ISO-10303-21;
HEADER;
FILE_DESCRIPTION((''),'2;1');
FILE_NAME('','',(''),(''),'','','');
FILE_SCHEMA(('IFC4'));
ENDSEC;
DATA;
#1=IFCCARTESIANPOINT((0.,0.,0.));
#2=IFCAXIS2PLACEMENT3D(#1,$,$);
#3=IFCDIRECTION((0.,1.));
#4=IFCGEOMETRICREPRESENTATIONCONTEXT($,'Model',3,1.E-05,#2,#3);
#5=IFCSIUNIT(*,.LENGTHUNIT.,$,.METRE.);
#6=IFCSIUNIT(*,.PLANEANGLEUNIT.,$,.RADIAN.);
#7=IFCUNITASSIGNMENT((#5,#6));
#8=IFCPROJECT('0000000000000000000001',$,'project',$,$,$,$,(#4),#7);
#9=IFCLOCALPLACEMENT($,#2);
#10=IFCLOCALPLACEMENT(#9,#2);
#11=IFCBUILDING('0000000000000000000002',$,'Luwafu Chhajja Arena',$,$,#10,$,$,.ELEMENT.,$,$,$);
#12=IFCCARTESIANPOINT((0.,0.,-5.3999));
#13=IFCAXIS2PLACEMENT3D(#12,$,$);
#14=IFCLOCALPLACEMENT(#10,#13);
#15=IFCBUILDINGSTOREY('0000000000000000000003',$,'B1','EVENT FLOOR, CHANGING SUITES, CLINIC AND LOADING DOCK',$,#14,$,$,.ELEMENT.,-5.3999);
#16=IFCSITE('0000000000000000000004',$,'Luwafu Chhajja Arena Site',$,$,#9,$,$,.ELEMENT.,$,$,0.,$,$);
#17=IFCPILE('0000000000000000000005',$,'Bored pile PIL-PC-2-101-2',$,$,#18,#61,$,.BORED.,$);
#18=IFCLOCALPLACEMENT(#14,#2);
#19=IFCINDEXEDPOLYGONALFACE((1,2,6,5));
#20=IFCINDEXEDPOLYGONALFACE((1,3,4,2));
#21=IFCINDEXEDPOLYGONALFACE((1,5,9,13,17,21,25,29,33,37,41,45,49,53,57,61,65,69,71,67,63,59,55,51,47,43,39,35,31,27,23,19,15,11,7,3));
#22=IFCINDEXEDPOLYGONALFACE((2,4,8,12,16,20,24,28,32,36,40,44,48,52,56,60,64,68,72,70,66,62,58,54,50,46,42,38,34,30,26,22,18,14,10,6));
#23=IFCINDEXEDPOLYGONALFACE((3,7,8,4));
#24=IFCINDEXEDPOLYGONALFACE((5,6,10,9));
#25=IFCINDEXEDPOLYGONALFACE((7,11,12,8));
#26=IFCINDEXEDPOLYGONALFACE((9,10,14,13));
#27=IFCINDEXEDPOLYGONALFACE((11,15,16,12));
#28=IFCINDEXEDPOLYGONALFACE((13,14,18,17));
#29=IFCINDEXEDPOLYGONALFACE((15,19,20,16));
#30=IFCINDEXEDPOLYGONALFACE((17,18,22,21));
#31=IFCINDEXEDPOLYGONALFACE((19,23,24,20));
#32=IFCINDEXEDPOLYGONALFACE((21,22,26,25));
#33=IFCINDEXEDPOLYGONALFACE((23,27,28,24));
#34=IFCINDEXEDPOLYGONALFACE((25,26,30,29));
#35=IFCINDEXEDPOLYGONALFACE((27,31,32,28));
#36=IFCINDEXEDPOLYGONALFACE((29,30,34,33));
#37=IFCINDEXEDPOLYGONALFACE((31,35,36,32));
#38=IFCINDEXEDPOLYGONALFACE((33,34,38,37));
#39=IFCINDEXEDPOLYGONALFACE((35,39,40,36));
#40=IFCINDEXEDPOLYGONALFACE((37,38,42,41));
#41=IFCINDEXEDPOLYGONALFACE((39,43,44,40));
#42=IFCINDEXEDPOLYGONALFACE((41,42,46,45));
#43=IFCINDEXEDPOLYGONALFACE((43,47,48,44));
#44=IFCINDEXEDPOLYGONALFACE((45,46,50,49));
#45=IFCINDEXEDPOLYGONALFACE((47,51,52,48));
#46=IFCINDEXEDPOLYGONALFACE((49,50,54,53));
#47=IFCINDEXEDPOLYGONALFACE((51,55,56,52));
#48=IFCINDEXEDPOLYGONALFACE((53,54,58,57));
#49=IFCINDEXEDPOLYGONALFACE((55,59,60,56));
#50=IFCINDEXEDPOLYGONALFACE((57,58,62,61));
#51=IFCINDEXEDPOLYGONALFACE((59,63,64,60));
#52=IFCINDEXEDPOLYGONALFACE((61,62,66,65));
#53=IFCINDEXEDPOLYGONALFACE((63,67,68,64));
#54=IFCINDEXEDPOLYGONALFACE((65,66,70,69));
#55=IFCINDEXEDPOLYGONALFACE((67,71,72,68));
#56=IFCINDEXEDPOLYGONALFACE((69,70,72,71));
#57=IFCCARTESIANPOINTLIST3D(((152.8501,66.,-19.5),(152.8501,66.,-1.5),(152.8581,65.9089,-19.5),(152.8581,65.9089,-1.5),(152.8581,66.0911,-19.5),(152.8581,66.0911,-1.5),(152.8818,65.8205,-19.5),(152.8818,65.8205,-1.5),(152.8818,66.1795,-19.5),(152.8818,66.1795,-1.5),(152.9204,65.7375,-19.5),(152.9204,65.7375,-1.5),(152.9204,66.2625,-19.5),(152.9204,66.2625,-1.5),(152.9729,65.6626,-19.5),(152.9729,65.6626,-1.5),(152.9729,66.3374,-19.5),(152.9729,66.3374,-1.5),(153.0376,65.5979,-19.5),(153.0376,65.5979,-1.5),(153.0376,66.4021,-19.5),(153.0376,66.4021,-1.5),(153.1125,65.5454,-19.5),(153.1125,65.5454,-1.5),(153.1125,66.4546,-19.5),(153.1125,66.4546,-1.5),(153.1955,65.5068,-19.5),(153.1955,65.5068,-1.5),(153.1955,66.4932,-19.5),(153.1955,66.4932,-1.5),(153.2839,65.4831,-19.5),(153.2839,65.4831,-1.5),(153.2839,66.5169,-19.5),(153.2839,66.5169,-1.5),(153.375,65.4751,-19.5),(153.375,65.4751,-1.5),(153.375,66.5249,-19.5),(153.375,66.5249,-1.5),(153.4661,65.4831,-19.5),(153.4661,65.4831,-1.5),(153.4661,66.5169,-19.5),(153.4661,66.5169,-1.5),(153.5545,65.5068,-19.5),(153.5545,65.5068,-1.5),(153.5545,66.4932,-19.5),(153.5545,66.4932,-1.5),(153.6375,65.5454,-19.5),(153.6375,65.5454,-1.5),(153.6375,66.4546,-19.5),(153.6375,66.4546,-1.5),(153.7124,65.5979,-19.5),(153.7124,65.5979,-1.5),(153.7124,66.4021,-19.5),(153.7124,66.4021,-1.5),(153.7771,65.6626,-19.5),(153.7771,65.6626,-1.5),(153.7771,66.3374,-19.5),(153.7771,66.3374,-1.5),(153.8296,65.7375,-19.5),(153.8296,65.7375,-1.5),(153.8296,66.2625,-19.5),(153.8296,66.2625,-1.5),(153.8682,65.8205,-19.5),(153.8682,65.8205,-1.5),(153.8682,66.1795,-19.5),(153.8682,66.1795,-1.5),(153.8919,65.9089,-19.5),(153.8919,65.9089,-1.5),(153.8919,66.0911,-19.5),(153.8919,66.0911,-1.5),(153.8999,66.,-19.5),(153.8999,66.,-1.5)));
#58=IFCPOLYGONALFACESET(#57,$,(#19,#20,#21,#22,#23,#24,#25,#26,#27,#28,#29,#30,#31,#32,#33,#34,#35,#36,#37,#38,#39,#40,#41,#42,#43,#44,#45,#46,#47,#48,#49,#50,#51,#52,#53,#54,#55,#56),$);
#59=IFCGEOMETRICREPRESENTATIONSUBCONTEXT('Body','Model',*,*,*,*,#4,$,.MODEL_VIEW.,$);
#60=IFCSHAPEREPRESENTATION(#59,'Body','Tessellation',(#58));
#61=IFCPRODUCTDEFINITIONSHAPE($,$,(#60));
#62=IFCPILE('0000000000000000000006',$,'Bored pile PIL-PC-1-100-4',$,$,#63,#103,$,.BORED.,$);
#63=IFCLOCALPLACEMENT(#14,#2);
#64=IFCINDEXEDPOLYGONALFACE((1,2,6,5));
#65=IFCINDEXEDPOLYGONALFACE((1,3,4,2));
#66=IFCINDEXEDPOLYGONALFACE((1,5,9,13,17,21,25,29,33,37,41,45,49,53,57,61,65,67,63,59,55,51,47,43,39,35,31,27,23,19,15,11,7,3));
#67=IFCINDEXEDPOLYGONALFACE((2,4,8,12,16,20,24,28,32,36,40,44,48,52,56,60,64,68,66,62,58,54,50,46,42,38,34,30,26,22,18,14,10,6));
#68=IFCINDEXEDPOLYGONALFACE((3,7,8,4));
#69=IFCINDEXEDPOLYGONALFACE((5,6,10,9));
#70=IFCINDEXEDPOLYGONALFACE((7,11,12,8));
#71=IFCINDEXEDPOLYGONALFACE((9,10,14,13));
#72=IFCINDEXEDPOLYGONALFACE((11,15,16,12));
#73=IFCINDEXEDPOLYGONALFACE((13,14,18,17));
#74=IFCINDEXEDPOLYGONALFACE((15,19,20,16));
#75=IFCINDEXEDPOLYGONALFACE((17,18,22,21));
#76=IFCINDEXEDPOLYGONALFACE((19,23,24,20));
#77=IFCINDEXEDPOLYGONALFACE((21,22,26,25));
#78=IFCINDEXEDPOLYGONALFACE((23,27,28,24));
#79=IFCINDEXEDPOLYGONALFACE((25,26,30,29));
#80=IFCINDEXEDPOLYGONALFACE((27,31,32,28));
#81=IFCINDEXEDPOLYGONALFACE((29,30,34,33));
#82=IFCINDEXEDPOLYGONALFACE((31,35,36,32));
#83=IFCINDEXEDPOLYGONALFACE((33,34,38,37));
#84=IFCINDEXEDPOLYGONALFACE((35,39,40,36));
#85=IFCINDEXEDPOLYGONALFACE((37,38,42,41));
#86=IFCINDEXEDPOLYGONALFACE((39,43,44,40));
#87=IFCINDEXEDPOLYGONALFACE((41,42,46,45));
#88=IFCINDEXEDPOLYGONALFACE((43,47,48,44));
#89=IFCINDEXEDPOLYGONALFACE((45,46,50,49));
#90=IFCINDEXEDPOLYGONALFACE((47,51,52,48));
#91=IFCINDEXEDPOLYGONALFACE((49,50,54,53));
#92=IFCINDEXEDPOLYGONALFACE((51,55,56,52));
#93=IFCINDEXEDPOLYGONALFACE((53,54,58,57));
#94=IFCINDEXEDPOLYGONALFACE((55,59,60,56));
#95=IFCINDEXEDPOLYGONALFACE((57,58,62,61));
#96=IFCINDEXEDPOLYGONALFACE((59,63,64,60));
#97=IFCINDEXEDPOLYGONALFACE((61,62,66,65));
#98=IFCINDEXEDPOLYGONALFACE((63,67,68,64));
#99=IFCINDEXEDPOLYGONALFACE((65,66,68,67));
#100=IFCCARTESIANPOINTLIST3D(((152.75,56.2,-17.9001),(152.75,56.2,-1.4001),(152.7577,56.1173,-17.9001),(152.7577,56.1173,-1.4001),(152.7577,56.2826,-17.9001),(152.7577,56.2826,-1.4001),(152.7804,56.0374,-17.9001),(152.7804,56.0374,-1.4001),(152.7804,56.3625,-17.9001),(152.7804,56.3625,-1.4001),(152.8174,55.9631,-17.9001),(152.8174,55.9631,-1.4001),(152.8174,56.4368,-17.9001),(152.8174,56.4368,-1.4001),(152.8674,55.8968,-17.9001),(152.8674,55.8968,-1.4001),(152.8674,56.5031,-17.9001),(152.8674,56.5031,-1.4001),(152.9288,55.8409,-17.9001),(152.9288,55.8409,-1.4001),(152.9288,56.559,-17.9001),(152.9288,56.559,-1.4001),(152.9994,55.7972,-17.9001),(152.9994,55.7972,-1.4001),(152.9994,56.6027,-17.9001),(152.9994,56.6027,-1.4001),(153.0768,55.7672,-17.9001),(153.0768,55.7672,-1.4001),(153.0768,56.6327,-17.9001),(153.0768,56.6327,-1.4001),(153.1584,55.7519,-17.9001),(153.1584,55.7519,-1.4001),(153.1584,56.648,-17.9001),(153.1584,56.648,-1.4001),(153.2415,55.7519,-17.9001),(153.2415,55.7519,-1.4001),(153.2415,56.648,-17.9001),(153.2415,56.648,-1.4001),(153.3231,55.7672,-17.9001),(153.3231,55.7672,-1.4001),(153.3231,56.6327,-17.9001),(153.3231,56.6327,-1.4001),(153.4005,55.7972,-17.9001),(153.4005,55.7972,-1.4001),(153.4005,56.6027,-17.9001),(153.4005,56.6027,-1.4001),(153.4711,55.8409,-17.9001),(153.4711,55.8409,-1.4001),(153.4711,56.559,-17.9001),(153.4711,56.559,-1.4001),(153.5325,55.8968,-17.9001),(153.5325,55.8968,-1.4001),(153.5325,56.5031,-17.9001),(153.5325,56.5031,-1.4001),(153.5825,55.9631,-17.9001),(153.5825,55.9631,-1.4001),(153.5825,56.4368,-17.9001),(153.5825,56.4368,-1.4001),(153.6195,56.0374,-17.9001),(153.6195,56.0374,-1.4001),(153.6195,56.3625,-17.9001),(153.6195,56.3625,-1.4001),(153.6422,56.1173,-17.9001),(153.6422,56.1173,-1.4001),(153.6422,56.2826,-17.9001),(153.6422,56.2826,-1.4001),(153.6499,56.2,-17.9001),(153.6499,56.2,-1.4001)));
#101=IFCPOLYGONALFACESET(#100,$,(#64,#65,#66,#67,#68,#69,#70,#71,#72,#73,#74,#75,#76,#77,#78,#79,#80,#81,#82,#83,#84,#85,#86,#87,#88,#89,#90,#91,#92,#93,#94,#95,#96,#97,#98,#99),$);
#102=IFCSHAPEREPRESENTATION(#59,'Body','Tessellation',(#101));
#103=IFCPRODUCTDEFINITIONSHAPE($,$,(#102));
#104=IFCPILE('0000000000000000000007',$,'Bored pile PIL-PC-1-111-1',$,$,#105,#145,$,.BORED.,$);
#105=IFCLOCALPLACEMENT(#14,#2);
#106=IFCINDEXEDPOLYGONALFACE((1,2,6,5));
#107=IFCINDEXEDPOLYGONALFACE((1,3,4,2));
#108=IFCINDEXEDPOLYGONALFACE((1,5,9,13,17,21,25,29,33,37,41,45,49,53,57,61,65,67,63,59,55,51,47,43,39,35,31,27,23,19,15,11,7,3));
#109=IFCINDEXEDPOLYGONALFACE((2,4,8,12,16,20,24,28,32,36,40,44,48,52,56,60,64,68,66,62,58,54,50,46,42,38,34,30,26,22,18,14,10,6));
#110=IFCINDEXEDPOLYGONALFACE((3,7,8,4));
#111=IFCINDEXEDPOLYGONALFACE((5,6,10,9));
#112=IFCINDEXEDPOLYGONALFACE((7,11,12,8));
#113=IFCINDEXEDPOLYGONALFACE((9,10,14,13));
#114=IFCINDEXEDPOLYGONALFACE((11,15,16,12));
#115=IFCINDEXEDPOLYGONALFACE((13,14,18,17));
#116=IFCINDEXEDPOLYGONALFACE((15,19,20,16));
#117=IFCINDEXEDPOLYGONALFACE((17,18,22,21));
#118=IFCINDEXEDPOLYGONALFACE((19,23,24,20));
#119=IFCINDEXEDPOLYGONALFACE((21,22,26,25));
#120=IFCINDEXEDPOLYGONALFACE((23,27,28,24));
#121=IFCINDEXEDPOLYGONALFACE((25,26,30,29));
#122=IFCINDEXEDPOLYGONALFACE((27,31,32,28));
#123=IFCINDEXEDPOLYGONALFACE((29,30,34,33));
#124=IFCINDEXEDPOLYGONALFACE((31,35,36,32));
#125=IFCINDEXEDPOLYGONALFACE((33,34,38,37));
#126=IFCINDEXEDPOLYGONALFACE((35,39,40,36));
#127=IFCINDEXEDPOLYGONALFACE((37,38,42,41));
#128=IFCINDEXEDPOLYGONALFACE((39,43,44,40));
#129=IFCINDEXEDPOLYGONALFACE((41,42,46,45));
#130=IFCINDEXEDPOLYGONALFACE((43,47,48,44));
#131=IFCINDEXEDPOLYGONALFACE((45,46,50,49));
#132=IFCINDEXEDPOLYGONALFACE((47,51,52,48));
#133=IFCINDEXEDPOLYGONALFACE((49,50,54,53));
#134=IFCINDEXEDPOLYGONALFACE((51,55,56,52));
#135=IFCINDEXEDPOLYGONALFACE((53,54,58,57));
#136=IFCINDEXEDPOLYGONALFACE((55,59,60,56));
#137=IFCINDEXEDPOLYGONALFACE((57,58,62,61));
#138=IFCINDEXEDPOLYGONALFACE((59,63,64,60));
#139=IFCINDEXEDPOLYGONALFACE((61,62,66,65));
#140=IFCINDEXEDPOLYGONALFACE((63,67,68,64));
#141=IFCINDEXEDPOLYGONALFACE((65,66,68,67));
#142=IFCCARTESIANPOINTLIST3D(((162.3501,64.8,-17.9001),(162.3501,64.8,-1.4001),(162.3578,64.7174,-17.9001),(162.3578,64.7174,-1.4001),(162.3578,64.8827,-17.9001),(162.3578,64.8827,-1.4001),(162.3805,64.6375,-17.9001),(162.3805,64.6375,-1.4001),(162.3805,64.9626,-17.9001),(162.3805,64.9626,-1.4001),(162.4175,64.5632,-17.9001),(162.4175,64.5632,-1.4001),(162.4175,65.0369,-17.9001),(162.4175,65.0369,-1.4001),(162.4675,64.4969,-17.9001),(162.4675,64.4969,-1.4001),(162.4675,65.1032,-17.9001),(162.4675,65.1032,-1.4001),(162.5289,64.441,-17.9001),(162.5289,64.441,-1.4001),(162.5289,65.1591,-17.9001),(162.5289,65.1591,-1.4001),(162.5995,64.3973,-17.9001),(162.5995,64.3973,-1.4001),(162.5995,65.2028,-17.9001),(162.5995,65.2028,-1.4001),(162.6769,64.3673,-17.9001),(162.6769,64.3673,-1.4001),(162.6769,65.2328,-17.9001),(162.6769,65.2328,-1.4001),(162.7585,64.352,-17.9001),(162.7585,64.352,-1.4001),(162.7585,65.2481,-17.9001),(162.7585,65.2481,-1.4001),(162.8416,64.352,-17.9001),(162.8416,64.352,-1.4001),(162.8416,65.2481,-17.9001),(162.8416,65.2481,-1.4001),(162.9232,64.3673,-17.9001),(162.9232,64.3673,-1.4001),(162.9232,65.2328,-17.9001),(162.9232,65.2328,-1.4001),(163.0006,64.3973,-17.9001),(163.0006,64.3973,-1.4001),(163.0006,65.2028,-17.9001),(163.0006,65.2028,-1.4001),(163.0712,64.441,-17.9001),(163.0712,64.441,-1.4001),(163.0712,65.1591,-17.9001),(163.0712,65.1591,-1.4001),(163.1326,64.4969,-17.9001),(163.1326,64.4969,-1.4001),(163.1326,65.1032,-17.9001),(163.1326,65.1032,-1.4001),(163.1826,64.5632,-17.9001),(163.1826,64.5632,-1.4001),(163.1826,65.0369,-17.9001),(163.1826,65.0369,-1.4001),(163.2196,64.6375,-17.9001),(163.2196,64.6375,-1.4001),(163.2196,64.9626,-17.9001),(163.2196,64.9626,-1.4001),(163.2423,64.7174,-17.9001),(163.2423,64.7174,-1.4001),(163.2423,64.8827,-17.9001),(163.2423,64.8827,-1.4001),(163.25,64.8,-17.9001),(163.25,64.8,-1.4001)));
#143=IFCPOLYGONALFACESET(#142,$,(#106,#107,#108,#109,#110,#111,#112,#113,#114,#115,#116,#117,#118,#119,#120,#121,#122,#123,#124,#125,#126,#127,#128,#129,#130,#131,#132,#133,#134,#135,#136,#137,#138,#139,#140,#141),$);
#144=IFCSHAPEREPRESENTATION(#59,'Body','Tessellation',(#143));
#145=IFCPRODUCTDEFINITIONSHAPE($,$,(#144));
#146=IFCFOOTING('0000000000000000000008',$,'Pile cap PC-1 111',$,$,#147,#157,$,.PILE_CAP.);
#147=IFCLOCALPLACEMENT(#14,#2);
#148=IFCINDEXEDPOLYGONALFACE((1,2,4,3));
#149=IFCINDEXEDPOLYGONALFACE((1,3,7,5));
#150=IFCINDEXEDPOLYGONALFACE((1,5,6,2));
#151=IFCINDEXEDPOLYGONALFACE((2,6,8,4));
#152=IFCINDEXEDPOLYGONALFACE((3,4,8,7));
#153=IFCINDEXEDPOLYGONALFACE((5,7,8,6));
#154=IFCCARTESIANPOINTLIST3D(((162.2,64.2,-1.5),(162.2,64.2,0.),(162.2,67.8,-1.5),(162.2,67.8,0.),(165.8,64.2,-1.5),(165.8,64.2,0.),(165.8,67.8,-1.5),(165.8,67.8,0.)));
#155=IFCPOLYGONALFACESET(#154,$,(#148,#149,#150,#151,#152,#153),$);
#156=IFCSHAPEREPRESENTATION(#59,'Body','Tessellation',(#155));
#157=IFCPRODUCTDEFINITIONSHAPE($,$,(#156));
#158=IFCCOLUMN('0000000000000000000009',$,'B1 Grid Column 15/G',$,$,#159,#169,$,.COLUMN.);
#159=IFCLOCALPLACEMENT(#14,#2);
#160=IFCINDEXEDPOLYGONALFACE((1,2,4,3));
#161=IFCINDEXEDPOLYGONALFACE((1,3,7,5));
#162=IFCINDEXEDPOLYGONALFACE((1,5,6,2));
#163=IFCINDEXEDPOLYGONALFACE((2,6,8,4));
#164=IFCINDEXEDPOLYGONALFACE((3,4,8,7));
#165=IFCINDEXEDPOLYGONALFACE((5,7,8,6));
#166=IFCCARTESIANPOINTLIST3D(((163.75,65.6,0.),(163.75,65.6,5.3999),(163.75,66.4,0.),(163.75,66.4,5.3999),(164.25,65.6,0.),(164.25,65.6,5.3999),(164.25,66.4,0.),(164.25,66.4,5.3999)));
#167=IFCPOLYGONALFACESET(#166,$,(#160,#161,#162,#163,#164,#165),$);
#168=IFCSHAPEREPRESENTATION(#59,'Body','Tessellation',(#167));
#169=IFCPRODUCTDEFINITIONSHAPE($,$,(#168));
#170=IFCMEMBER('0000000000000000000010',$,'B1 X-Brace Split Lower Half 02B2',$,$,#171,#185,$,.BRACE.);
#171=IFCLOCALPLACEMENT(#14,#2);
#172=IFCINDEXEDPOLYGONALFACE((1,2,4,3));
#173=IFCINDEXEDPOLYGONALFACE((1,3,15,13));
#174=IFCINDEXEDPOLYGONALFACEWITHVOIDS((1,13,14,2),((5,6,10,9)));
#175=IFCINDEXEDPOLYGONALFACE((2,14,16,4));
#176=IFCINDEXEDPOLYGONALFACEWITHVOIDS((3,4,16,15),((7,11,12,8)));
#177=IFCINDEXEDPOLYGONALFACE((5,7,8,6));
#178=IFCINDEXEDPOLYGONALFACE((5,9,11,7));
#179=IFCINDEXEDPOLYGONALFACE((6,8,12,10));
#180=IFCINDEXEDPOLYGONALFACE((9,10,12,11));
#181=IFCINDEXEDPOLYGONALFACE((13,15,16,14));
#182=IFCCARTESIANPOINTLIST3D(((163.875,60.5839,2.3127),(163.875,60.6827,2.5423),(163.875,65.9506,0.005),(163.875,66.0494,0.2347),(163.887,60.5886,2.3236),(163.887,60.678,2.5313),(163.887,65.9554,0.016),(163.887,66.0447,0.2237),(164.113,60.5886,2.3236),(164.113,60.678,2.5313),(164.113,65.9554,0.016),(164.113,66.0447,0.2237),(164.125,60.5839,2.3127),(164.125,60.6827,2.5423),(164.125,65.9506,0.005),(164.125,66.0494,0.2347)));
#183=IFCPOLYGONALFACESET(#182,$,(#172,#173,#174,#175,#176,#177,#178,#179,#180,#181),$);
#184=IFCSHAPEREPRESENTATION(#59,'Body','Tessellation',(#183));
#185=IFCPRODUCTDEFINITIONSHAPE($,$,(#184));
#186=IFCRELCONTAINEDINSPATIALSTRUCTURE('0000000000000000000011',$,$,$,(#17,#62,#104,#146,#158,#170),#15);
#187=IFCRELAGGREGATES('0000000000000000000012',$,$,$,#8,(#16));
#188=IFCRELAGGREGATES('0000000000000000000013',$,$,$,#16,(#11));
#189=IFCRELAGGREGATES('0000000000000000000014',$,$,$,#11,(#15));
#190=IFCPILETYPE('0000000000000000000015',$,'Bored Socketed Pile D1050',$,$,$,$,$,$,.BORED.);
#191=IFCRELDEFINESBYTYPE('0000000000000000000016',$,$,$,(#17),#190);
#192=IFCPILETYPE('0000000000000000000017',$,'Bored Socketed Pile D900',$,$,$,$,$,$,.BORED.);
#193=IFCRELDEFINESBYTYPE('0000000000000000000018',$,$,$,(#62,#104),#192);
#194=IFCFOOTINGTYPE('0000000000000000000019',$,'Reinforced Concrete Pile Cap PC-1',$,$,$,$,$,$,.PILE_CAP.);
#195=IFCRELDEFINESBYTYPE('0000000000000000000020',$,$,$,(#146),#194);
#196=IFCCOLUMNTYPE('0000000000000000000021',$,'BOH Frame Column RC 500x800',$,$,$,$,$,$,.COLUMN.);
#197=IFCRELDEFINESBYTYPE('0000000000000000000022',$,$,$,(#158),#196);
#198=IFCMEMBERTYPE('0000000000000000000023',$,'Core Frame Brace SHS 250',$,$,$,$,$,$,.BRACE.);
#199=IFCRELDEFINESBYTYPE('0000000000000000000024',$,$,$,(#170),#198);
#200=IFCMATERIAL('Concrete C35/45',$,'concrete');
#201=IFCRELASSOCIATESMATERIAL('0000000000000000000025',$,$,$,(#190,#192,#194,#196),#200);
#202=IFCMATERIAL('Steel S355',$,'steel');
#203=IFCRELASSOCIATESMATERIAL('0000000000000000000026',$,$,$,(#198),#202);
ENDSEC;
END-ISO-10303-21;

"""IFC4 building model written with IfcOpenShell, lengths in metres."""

from ifc_helpers import new_model, si_unit, direction, frame, origin, origin_2d, place, context, subcontext, project, spatial, rectangle, hollow_rectangle, circle, extrude, material, material_profile, profile_set, type_object, element, save


model = new_model("IFC4")

# Units and contexts
model_context = context("Model", 3, precision=1e-05, world=origin(), true_north=direction((0.0, 1.0)))
body_context = subcontext(model_context, "Body", "Model", "MODEL_VIEW")
ifc_project = project(units=[si_unit("LENGTHUNIT", "METRE"), si_unit("PLANEANGLEUNIT", "RADIAN")], contexts=[model_context])

# Site, building, storey
site_placement = place(None, origin())
site = spatial("IfcSite", under=ifc_project, at=site_placement, Name="Luwafu Chhajja Arena Site", CompositionType="ELEMENT", RefElevation=0.0)
building_placement = place(site_placement, origin())
building = spatial("IfcBuilding", under=site, at=building_placement, Name="Luwafu Chhajja Arena", CompositionType="ELEMENT")
storey_placement = place(building_placement, frame((0.0, 0.0, -5.3999)))
storey = spatial("IfcBuildingStorey", under=building, at=storey_placement, Name="B1", Description="EVENT FLOOR, CHANGING SUITES, CLINIC AND LOADING DOCK", CompositionType="ELEMENT", Elevation=-5.3999)

# Piles
ifc_material_1 = material(Name="Concrete C35/45", Category="concrete")
ifc_material_profile_1 = material_profile(ifc_material_1, circle(Radius=0.5249, at=origin_2d()), Name="PILE D1050")
ifc_profile_set_1 = profile_set([ifc_material_profile_1], Name="Concrete C35/45")
pile_type_1 = type_object("IfcPileType", Name="Bored Socketed Pile D1050", PredefinedType="BORED", material=ifc_profile_set_1)
pile_placement = place(storey_placement, frame((153.375, 66.0, -1.5), z_axis=(0.0, 0.0, -1.0), x_axis=(1.0, 0.0, 0.0)))
element("IfcPile", 1, at=pile_placement, inside=storey, type_object=pile_type_1, Name="Bored pile PIL-PC-2-101-2", PredefinedType="BORED", context=body_context, shape_type="SweptSolid", body=[
    extrude(circle(Radius=0.5249, at=origin_2d()), origin(), (0.0, 0.0, 1.0), 18.0),
])
ifc_material_profile_2 = material_profile(ifc_material_1, circle(Radius=0.45, at=origin_2d()), Name="PILE D900")
ifc_profile_set_2 = profile_set([ifc_material_profile_2], Name="Concrete C35/45")
pile_type_2 = type_object("IfcPileType", Name="Bored Socketed Pile D900", PredefinedType="BORED", material=ifc_profile_set_2)
for number, where, z_axis, x_axis, name in (
    (2, (153.2, 56.2, -1.4001), (0.0, 0.0, -1.0), (1.0, 0.0, 0.0), "Bored pile PIL-PC-1-100-4"),
    (3, (162.8, 64.8, -1.4001), (0.0, 0.0, -1.0), (1.0, 0.0, 0.0), "Bored pile PIL-PC-1-111-1"),
):
    element("IfcPile", number, at=place(storey_placement, frame(where, z_axis=z_axis, x_axis=x_axis)), inside=storey, type_object=pile_type_2, Name=name, PredefinedType="BORED", context=body_context, shape_type="SweptSolid", body=[
        extrude(circle(Radius=0.45, at=origin_2d()), origin(), (0.0, 0.0, 1.0), 16.5),
    ])

# Footing
footing_type = type_object("IfcFootingType", Name="Reinforced Concrete Pile Cap PC-1", PredefinedType="PILE_CAP", material=ifc_material_1)
footing_placement = place(storey_placement, frame((164.0, 66.0, -1.5), z_axis=(0.0, 0.0, 1.0), x_axis=(1.0, 0.0, 0.0)))
element("IfcFooting", 4, at=footing_placement, inside=storey, type_object=footing_type, Name="Pile cap PC-1 111", PredefinedType="PILE_CAP", context=body_context, shape_type="SweptSolid", body=[
    extrude(rectangle(XDim=3.6001, YDim=3.6001, at=origin_2d()), origin(), (0.0, 0.0, 1.0), 1.5),
])

# Column
ifc_material_profile_3 = material_profile(ifc_material_1, rectangle(XDim=0.5, YDim=0.8, at=origin_2d()), Name="RC 500x800")
ifc_profile_set_3 = profile_set([ifc_material_profile_3], Name="Concrete C35/45")
column_type = type_object("IfcColumnType", Name="BOH Frame Column RC 500x800", PredefinedType="COLUMN", material=ifc_profile_set_3)
column_placement = place(storey_placement, frame((164.0, 66.0, 0.0), z_axis=(0.0, 0.0, 1.0), x_axis=(1.0, 0.0, 0.0)))
element("IfcColumn", 5, at=column_placement, inside=storey, type_object=column_type, Name="B1 Grid Column 15/G", PredefinedType="COLUMN", context=body_context, shape_type="SweptSolid", body=[
    extrude(rectangle(XDim=0.5, YDim=0.8, at=origin_2d()), origin(), (0.0, 0.0, 1.0), 5.3999),
])

# Member
ifc_material_2 = material(Name="Steel S355", Category="steel")
ifc_material_profile_4 = material_profile(ifc_material_2, hollow_rectangle(XDim=0.25, YDim=0.25, WallThickness=0.012, at=origin_2d()), Name="SHS 250x250x12")
ifc_profile_set_4 = profile_set([ifc_material_profile_4], Name="Steel S355")
member_type = type_object("IfcMemberType", Name="Core Frame Brace SHS 250", PredefinedType="BRACE", material=ifc_profile_set_4)
member_placement = place(storey_placement, frame((164.0, 60.6333, 2.4275), z_axis=(0.0, 0.918673, -0.395019), x_axis=(-1.0, 0.0, 0.0)))
element("IfcMember", 6, at=member_placement, inside=storey, type_object=member_type, Name="B1 X-Brace Split Lower Half 02B2", PredefinedType="BRACE", context=body_context, shape_type="SweptSolid", body=[
    extrude(hollow_rectangle(XDim=0.25, YDim=0.25, WallThickness=0.012, at=origin_2d()), origin(), (0.0, 0.0, 1.0), 5.8418),
])

save(model, "model.ifc")
